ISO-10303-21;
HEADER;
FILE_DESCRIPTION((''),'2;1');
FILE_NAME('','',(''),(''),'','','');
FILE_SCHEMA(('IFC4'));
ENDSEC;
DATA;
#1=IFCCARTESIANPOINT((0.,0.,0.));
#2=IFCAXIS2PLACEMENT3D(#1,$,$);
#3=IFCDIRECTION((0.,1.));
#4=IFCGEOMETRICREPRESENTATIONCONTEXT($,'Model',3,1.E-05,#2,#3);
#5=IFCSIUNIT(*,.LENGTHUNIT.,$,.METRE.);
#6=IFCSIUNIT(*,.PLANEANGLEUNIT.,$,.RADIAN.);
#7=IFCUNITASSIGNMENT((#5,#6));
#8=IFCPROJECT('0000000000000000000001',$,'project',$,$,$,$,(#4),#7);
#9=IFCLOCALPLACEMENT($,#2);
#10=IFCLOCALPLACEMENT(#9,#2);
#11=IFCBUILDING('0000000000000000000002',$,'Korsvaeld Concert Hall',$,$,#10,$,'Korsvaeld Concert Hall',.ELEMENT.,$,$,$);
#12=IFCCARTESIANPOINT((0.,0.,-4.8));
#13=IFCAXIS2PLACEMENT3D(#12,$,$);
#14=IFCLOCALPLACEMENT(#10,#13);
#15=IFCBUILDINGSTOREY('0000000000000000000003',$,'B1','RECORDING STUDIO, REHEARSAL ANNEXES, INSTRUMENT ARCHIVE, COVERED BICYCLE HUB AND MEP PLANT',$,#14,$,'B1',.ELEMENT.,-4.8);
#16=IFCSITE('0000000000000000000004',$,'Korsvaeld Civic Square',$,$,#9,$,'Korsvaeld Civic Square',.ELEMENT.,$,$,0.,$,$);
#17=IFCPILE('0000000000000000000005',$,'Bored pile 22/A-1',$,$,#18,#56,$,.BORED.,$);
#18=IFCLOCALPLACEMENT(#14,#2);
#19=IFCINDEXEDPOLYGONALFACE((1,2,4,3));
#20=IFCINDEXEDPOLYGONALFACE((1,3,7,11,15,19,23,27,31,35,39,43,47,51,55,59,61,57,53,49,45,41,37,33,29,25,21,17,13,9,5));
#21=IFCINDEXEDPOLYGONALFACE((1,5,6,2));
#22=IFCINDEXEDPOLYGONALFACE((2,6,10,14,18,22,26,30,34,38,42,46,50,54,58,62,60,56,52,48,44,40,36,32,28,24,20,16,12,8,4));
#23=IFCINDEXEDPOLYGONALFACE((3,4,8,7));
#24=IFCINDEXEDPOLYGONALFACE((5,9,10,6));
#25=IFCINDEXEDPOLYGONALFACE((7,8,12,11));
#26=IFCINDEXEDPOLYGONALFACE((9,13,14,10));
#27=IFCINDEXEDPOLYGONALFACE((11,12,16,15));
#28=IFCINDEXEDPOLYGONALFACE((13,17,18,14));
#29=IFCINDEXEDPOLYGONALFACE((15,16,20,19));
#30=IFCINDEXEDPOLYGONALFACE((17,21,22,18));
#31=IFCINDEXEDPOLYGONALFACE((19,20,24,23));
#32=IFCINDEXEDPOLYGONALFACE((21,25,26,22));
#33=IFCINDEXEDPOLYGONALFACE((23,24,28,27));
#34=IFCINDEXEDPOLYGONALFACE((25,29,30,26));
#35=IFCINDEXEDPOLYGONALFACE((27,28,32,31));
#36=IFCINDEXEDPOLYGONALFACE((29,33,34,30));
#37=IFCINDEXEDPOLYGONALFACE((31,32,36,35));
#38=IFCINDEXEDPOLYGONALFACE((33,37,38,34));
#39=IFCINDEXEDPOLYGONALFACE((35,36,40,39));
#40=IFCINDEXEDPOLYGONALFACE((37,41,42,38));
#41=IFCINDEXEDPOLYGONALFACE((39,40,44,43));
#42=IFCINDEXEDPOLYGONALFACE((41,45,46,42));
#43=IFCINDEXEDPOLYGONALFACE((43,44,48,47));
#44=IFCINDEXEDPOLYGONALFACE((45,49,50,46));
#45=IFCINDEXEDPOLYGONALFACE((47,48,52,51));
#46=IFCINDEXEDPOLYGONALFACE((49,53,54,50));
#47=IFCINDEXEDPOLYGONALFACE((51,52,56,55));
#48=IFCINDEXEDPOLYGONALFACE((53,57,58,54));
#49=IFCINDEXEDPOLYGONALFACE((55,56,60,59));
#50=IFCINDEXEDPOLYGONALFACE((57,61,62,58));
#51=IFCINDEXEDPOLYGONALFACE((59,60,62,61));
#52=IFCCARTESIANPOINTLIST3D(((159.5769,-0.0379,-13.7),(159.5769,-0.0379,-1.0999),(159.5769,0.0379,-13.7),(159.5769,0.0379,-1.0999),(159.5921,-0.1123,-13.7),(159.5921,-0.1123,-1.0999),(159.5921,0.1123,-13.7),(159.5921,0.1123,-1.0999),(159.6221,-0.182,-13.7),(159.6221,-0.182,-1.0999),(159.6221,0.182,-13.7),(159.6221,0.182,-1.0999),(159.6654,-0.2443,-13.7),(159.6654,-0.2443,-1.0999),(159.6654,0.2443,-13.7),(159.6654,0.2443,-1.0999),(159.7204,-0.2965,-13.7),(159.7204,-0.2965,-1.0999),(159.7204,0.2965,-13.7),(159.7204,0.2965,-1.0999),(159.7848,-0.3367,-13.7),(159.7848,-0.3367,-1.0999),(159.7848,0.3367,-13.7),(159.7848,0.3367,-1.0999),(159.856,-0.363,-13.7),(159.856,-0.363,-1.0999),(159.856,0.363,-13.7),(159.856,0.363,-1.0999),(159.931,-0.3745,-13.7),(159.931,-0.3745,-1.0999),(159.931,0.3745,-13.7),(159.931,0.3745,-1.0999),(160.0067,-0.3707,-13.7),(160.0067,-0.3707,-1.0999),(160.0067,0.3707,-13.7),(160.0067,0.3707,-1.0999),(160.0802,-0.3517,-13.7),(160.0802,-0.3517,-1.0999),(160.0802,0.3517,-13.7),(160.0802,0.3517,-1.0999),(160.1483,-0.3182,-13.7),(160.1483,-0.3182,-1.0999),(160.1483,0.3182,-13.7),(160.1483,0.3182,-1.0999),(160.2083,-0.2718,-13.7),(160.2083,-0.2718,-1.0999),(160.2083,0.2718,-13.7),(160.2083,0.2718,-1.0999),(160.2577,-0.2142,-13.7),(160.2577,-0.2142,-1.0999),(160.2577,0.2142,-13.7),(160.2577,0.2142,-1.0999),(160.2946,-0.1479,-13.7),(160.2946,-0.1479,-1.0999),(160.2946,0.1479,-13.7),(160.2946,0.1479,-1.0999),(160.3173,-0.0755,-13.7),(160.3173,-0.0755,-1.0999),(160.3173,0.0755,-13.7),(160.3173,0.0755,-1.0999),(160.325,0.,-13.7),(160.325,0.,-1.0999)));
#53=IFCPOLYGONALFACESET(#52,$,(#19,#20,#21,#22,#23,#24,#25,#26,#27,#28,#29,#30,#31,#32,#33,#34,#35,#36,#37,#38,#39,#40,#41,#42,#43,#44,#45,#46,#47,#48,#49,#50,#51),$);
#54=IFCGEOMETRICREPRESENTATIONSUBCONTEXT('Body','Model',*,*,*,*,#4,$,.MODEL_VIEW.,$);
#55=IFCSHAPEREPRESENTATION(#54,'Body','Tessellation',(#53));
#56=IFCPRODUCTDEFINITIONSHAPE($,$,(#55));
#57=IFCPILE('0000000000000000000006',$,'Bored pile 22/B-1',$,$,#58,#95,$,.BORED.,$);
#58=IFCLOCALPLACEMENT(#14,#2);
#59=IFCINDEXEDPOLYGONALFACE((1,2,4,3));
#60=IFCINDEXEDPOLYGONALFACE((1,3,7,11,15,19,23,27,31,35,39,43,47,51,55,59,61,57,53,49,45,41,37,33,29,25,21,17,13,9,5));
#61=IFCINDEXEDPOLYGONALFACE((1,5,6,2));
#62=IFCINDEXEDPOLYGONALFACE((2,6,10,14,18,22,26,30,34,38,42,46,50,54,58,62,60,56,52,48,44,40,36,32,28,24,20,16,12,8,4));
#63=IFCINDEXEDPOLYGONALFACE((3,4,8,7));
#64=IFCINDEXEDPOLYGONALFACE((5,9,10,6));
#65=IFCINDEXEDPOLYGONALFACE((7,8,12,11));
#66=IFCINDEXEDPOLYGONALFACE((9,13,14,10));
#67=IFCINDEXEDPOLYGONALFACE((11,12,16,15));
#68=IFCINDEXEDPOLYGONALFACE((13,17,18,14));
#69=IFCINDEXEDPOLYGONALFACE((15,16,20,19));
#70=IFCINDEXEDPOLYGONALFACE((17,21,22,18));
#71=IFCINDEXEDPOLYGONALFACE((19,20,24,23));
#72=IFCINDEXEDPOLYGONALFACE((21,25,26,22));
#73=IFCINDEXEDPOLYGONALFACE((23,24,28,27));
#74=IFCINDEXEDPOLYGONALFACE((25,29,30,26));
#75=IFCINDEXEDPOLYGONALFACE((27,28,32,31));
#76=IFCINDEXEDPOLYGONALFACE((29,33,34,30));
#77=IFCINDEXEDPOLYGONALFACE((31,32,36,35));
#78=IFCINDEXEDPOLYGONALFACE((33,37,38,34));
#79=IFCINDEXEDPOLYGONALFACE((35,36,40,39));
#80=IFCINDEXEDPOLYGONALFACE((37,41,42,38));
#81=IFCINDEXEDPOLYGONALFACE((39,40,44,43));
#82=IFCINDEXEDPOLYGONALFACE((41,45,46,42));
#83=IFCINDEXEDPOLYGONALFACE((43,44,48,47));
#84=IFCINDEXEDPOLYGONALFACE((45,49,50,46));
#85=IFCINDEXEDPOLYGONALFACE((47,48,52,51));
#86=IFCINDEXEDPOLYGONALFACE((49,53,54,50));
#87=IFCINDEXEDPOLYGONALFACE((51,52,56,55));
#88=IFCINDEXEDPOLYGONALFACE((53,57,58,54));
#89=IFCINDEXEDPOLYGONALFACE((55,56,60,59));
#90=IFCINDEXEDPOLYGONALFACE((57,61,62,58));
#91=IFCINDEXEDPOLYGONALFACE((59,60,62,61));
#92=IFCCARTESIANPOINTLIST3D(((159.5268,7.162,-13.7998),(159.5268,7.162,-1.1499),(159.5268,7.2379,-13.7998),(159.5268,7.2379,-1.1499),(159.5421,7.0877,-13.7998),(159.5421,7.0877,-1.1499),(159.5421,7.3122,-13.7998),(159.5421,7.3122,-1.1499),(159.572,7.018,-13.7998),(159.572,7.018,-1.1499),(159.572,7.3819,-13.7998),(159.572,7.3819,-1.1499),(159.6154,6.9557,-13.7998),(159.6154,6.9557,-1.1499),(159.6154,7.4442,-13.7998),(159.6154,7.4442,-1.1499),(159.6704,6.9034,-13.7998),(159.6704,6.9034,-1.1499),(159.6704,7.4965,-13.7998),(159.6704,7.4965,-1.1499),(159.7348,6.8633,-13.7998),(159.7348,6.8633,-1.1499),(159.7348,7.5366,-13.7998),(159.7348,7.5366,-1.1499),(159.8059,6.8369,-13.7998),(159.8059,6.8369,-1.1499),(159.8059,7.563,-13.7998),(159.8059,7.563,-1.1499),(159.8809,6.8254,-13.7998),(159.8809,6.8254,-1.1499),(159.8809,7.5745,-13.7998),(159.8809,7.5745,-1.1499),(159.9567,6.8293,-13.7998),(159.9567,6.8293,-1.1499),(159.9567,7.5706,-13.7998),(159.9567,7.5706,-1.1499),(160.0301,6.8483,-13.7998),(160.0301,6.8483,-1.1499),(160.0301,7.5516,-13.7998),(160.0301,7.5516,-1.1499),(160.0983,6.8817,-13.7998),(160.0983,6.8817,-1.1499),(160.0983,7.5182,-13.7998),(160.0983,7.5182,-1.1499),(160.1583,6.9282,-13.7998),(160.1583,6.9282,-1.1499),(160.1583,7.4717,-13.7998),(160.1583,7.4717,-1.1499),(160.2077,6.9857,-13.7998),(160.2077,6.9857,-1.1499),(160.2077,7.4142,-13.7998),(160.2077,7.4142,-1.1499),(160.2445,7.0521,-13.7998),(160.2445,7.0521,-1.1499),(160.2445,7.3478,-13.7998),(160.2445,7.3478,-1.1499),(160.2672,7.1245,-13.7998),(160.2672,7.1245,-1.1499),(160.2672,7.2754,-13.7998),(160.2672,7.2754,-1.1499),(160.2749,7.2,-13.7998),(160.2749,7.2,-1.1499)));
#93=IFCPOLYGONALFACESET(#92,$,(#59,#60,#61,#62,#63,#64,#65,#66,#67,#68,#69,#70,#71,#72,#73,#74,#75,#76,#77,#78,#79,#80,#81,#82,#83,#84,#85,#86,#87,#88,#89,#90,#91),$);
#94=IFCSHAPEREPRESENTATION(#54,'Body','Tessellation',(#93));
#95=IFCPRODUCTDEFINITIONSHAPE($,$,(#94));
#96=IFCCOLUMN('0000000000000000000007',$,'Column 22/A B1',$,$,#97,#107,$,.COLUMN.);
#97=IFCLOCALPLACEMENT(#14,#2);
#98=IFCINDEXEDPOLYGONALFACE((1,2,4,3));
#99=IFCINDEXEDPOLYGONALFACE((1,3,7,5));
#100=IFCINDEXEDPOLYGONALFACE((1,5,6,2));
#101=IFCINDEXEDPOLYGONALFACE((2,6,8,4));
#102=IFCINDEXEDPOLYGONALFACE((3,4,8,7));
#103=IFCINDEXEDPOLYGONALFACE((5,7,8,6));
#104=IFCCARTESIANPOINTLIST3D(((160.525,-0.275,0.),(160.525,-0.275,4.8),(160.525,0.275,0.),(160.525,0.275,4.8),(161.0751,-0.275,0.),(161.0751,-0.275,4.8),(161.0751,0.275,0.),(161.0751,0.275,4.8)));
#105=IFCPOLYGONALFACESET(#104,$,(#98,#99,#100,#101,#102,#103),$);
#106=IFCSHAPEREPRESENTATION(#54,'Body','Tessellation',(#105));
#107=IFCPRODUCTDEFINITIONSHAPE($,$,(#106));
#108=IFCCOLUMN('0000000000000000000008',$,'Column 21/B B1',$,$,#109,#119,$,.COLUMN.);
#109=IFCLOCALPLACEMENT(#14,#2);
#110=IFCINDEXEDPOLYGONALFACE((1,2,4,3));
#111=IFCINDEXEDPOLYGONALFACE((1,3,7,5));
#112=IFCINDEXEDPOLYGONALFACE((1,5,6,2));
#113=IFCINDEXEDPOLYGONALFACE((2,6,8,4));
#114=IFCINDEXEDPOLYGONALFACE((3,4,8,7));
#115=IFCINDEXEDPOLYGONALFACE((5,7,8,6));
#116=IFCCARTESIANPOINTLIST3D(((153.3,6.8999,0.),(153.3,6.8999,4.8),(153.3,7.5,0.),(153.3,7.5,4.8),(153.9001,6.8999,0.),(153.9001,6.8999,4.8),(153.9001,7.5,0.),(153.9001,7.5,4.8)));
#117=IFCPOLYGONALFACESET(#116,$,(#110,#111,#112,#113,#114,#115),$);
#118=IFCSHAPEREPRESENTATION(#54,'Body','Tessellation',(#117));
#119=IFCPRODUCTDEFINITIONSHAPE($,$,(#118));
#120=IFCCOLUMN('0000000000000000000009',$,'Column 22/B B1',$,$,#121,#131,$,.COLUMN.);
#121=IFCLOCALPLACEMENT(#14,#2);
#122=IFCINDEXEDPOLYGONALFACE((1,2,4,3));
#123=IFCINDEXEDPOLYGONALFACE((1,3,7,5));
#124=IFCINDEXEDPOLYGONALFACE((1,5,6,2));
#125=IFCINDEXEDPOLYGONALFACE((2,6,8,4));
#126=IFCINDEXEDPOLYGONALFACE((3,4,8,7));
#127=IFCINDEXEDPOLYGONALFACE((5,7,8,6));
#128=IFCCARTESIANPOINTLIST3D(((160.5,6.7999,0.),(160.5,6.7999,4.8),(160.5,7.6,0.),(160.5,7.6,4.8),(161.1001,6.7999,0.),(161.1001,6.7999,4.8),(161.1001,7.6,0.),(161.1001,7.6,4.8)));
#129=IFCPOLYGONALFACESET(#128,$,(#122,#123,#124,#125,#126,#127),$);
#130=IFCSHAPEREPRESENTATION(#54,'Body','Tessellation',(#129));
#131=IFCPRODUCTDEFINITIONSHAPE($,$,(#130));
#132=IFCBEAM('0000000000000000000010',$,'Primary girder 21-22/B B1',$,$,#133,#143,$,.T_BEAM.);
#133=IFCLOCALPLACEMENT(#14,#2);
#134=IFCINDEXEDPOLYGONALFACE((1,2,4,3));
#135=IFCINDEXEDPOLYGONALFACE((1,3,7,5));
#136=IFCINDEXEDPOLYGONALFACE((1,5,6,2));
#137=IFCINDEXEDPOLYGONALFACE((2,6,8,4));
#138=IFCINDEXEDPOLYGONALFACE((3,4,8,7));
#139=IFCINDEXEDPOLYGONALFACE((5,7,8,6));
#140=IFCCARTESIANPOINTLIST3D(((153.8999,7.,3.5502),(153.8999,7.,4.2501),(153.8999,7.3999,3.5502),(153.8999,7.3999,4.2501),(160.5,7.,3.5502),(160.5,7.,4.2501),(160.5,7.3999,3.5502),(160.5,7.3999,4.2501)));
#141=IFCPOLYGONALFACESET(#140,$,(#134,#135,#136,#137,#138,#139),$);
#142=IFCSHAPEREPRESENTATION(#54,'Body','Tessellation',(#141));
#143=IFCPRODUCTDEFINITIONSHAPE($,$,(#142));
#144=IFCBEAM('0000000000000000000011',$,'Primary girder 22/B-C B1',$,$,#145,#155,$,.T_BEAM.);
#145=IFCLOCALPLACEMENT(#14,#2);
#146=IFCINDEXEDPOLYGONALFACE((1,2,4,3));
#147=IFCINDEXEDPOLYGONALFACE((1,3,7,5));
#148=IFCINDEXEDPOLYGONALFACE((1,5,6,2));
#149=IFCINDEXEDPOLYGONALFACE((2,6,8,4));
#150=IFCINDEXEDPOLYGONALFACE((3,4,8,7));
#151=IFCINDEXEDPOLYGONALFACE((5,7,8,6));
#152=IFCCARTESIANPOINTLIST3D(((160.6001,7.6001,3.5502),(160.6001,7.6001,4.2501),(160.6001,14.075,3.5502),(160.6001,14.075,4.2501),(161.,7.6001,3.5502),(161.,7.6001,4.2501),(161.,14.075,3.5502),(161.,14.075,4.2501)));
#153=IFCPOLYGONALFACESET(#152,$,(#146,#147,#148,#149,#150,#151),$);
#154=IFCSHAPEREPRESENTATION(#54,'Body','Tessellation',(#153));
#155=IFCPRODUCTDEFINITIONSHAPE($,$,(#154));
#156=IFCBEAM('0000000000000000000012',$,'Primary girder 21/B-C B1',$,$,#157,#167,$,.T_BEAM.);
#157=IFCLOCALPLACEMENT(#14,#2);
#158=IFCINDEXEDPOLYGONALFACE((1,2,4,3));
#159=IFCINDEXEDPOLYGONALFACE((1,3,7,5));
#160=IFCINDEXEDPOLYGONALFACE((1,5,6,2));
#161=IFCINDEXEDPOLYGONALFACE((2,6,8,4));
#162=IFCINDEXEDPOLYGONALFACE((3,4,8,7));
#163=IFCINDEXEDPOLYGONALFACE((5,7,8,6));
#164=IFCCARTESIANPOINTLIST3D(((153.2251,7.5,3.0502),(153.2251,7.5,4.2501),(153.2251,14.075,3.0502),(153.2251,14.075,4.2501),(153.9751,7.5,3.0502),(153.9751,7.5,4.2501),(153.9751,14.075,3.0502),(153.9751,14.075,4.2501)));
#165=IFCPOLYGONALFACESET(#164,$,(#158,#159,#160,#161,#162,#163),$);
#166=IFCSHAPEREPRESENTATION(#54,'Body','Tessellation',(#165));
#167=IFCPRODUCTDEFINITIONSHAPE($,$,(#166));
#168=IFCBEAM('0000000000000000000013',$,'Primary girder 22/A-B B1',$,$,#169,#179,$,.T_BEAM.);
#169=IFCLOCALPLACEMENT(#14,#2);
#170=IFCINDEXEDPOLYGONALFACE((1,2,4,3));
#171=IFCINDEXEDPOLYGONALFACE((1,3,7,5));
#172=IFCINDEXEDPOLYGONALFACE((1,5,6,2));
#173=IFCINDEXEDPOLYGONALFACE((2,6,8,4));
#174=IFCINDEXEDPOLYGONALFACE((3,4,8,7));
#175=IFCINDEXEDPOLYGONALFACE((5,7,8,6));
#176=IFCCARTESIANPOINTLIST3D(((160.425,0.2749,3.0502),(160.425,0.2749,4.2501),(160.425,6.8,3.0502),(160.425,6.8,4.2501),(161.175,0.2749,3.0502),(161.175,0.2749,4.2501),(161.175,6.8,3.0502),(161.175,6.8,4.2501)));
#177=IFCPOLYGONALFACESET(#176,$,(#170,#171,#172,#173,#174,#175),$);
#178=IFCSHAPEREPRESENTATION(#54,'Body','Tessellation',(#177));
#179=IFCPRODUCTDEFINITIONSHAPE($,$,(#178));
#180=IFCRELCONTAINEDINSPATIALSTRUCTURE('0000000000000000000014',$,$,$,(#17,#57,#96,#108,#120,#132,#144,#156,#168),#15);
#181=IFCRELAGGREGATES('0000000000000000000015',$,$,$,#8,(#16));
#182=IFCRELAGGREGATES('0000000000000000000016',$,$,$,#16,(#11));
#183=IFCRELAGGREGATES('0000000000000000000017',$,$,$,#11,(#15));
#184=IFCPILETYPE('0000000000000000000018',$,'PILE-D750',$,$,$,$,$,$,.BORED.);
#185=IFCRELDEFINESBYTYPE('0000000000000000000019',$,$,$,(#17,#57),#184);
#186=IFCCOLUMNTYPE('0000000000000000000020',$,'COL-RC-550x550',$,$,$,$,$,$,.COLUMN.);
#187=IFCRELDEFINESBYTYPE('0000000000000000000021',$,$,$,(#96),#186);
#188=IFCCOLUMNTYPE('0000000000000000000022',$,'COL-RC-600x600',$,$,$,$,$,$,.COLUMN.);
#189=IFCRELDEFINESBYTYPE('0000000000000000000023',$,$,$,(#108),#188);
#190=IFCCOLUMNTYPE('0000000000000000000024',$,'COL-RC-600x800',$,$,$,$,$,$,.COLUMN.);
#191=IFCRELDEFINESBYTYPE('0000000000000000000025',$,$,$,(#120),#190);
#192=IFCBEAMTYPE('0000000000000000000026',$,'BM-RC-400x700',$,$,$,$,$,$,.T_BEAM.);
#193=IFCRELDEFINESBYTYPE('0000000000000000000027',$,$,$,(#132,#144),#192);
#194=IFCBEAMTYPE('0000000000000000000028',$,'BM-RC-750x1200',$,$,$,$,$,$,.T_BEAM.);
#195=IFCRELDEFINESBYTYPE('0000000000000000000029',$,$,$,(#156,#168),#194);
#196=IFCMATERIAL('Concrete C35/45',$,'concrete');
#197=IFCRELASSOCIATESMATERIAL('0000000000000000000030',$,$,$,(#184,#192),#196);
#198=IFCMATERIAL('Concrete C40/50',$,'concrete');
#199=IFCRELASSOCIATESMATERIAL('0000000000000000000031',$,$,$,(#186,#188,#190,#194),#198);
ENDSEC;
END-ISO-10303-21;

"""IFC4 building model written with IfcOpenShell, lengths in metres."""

from ifc_helpers import new_model, si_unit, direction, frame, origin, origin_2d, place, context, subcontext, project, spatial, rectangle, circle, extrude, material, material_profile, profile_set, type_object, element, save


model = new_model("IFC4")

# Units and contexts
model_context = context("Model", 3, precision=1e-05, world=origin(), true_north=direction((0.0, 1.0)))
body_context = subcontext(model_context, "Body", "Model", "MODEL_VIEW")
ifc_project = project(units=[si_unit("LENGTHUNIT", "METRE"), si_unit("PLANEANGLEUNIT", "RADIAN")], contexts=[model_context])

# Site, building, storey
site_placement = place(None, origin())
site = spatial("IfcSite", under=ifc_project, at=site_placement, Name="Korsvaeld Civic Square", LongName="Korsvaeld Civic Square", CompositionType="ELEMENT", RefElevation=0.0)
building_placement = place(site_placement, origin())
building = spatial("IfcBuilding", under=site, at=building_placement, Name="Korsvaeld Concert Hall", LongName="Korsvaeld Concert Hall", CompositionType="ELEMENT")
storey_placement = place(building_placement, frame((0.0, 0.0, -4.8)))
storey = spatial("IfcBuildingStorey", under=building, at=storey_placement, Name="B1", Description="RECORDING STUDIO, REHEARSAL ANNEXES, INSTRUMENT ARCHIVE, COVERED BICYCLE HUB AND MEP PLANT", LongName="B1", CompositionType="ELEMENT", Elevation=-4.8)

# Shared definitions
ifc_material_1 = material(Name="Concrete C35/45", Category="concrete")

# Piles
ifc_material_profile_1 = material_profile(ifc_material_1, circle(Radius=0.375, at=origin_2d()), Name="BORED PILE D750")
ifc_profile_set_1 = profile_set([ifc_material_profile_1], Name="Concrete C35/45")
pile_type = type_object("IfcPileType", Name="PILE-D750", PredefinedType="BORED", material=ifc_profile_set_1)
pile_1_placement = place(storey_placement, frame((159.95, 0.0, -1.0999), z_axis=(0.0, 0.0, -1.0), x_axis=(1.0, 0.0, 0.0)))
element("IfcPile", 1, at=pile_1_placement, inside=storey, type_object=pile_type, Name="Bored pile 22/A-1", PredefinedType="BORED", context=body_context, shape_type="SweptSolid", body=[
    extrude(circle(Radius=0.375, at=origin_2d()), origin(), (0.0, 0.0, 1.0), 12.6001),
])
pile_2_placement = place(storey_placement, frame((159.8999, 7.2, -1.1499), z_axis=(0.0, 0.0, -1.0), x_axis=(1.0, 0.0, 0.0)))
element("IfcPile", 2, at=pile_2_placement, inside=storey, type_object=pile_type, Name="Bored pile 22/B-1", PredefinedType="BORED", context=body_context, shape_type="SweptSolid", body=[
    extrude(circle(Radius=0.375, at=origin_2d()), origin(), (0.0, 0.0, 1.0), 12.6499),
])

# Columns
ifc_material_2 = material(Name="Concrete C40/50", Category="concrete")
ifc_material_profile_2 = material_profile(ifc_material_2, rectangle(XDim=0.55, YDim=0.55, at=origin_2d()), Name="RC 550x550")
ifc_profile_set_2 = profile_set([ifc_material_profile_2], Name="Concrete C40/50")
column_type_1 = type_object("IfcColumnType", Name="COL-RC-550x550", PredefinedType="COLUMN", material=ifc_profile_set_2)
column_1_placement = place(storey_placement, frame((160.8, 0.0, 0.0), z_axis=(0.0, 0.0, 1.0), x_axis=(1.0, 0.0, 0.0)))
element("IfcColumn", 3, at=column_1_placement, inside=storey, type_object=column_type_1, Name="Column 22/A B1", PredefinedType="COLUMN", context=body_context, shape_type="SweptSolid", body=[
    extrude(rectangle(XDim=0.55, YDim=0.55, at=origin_2d()), origin(), (0.0, 0.0, 1.0), 4.8),
])
ifc_material_profile_3 = material_profile(ifc_material_2, rectangle(XDim=0.6001, YDim=0.6001, at=origin_2d()), Name="RC 600x600")
ifc_profile_set_3 = profile_set([ifc_material_profile_3], Name="Concrete C40/50")
column_type_2 = type_object("IfcColumnType", Name="COL-RC-600x600", PredefinedType="COLUMN", material=ifc_profile_set_3)
column_2_placement = place(storey_placement, frame((153.6001, 7.2, 0.0), z_axis=(0.0, 0.0, 1.0), x_axis=(1.0, 0.0, 0.0)))
element("IfcColumn", 4, at=column_2_placement, inside=storey, type_object=column_type_2, Name="Column 21/B B1", PredefinedType="COLUMN", context=body_context, shape_type="SweptSolid", body=[
    extrude(rectangle(XDim=0.6001, YDim=0.6001, at=origin_2d()), origin(), (0.0, 0.0, 1.0), 4.8),
])
ifc_material_profile_4 = material_profile(ifc_material_2, rectangle(XDim=0.6001, YDim=0.8, at=origin_2d()), Name="RC 600x800")
ifc_profile_set_4 = profile_set([ifc_material_profile_4], Name="Concrete C40/50")
column_type_3 = type_object("IfcColumnType", Name="COL-RC-600x800", PredefinedType="COLUMN", material=ifc_profile_set_4)
column_3_placement = place(storey_placement, frame((160.8, 7.2, 0.0), z_axis=(0.0, 0.0, 1.0), x_axis=(1.0, 0.0, 0.0)))
element("IfcColumn", 5, at=column_3_placement, inside=storey, type_object=column_type_3, Name="Column 22/B B1", PredefinedType="COLUMN", context=body_context, shape_type="SweptSolid", body=[
    extrude(rectangle(XDim=0.6001, YDim=0.8, at=origin_2d()), origin(), (0.0, 0.0, 1.0), 4.8),
])

# Beams
ifc_material_profile_5 = material_profile(ifc_material_1, rectangle(XDim=0.3999, YDim=0.7, at=origin_2d()), Name="RC 400x700")
ifc_profile_set_5 = profile_set([ifc_material_profile_5], Name="Concrete C35/45")
beam_type_1 = type_object("IfcBeamType", Name="BM-RC-400x700", PredefinedType="T_BEAM", material=ifc_profile_set_5)
beam_1_placement = place(storey_placement, frame((153.8999, 7.2, 3.9001), z_axis=(1.0, 0.0, 0.0), x_axis=(0.0, 1.0, 0.0)))
element("IfcBeam", 6, at=beam_1_placement, inside=storey, type_object=beam_type_1, Name="Primary girder 21-22/B B1", PredefinedType="T_BEAM", context=body_context, shape_type="SweptSolid", body=[
    extrude(rectangle(XDim=0.3999, YDim=0.7, at=origin_2d()), origin(), (0.0, 0.0, 1.0), 6.6001),
])
beam_2_placement = place(storey_placement, frame((160.8, 7.6001, 3.9001), z_axis=(0.0, 1.0, 0.0), x_axis=(-1.0, 0.0, 0.0)))
element("IfcBeam", 7, at=beam_2_placement, inside=storey, type_object=beam_type_1, Name="Primary girder 22/B-C B1", PredefinedType="T_BEAM", context=body_context, shape_type="SweptSolid", body=[
    extrude(rectangle(XDim=0.3999, YDim=0.7, at=origin_2d()), origin(), (0.0, 0.0, 1.0), 6.4749),
])
ifc_material_profile_6 = material_profile(ifc_material_2, rectangle(XDim=0.75, YDim=1.2, at=origin_2d()), Name="RC 750x1200")
ifc_profile_set_6 = profile_set([ifc_material_profile_6], Name="Concrete C40/50")
beam_type_2 = type_object("IfcBeamType", Name="BM-RC-750x1200", PredefinedType="T_BEAM", material=ifc_profile_set_6)
beam_3_placement = place(storey_placement, frame((153.6001, 7.5, 3.6501), z_axis=(0.0, 1.0, 0.0), x_axis=(-1.0, 0.0, 0.0)))
element("IfcBeam", 8, at=beam_3_placement, inside=storey, type_object=beam_type_2, Name="Primary girder 21/B-C B1", PredefinedType="T_BEAM", context=body_context, shape_type="SweptSolid", body=[
    extrude(rectangle(XDim=0.75, YDim=1.2, at=origin_2d()), origin(), (0.0, 0.0, 1.0), 6.575),
])
beam_4_placement = place(storey_placement, frame((160.8, 0.2749, 3.6501), z_axis=(0.0, 1.0, 0.0), x_axis=(-1.0, 0.0, 0.0)))
element("IfcBeam", 9, at=beam_4_placement, inside=storey, type_object=beam_type_2, Name="Primary girder 22/A-B B1", PredefinedType="T_BEAM", context=body_context, shape_type="SweptSolid", body=[
    extrude(rectangle(XDim=0.75, YDim=1.2, at=origin_2d()), origin(), (0.0, 0.0, 1.0), 6.5251),
])

save(model, "model.ifc")
